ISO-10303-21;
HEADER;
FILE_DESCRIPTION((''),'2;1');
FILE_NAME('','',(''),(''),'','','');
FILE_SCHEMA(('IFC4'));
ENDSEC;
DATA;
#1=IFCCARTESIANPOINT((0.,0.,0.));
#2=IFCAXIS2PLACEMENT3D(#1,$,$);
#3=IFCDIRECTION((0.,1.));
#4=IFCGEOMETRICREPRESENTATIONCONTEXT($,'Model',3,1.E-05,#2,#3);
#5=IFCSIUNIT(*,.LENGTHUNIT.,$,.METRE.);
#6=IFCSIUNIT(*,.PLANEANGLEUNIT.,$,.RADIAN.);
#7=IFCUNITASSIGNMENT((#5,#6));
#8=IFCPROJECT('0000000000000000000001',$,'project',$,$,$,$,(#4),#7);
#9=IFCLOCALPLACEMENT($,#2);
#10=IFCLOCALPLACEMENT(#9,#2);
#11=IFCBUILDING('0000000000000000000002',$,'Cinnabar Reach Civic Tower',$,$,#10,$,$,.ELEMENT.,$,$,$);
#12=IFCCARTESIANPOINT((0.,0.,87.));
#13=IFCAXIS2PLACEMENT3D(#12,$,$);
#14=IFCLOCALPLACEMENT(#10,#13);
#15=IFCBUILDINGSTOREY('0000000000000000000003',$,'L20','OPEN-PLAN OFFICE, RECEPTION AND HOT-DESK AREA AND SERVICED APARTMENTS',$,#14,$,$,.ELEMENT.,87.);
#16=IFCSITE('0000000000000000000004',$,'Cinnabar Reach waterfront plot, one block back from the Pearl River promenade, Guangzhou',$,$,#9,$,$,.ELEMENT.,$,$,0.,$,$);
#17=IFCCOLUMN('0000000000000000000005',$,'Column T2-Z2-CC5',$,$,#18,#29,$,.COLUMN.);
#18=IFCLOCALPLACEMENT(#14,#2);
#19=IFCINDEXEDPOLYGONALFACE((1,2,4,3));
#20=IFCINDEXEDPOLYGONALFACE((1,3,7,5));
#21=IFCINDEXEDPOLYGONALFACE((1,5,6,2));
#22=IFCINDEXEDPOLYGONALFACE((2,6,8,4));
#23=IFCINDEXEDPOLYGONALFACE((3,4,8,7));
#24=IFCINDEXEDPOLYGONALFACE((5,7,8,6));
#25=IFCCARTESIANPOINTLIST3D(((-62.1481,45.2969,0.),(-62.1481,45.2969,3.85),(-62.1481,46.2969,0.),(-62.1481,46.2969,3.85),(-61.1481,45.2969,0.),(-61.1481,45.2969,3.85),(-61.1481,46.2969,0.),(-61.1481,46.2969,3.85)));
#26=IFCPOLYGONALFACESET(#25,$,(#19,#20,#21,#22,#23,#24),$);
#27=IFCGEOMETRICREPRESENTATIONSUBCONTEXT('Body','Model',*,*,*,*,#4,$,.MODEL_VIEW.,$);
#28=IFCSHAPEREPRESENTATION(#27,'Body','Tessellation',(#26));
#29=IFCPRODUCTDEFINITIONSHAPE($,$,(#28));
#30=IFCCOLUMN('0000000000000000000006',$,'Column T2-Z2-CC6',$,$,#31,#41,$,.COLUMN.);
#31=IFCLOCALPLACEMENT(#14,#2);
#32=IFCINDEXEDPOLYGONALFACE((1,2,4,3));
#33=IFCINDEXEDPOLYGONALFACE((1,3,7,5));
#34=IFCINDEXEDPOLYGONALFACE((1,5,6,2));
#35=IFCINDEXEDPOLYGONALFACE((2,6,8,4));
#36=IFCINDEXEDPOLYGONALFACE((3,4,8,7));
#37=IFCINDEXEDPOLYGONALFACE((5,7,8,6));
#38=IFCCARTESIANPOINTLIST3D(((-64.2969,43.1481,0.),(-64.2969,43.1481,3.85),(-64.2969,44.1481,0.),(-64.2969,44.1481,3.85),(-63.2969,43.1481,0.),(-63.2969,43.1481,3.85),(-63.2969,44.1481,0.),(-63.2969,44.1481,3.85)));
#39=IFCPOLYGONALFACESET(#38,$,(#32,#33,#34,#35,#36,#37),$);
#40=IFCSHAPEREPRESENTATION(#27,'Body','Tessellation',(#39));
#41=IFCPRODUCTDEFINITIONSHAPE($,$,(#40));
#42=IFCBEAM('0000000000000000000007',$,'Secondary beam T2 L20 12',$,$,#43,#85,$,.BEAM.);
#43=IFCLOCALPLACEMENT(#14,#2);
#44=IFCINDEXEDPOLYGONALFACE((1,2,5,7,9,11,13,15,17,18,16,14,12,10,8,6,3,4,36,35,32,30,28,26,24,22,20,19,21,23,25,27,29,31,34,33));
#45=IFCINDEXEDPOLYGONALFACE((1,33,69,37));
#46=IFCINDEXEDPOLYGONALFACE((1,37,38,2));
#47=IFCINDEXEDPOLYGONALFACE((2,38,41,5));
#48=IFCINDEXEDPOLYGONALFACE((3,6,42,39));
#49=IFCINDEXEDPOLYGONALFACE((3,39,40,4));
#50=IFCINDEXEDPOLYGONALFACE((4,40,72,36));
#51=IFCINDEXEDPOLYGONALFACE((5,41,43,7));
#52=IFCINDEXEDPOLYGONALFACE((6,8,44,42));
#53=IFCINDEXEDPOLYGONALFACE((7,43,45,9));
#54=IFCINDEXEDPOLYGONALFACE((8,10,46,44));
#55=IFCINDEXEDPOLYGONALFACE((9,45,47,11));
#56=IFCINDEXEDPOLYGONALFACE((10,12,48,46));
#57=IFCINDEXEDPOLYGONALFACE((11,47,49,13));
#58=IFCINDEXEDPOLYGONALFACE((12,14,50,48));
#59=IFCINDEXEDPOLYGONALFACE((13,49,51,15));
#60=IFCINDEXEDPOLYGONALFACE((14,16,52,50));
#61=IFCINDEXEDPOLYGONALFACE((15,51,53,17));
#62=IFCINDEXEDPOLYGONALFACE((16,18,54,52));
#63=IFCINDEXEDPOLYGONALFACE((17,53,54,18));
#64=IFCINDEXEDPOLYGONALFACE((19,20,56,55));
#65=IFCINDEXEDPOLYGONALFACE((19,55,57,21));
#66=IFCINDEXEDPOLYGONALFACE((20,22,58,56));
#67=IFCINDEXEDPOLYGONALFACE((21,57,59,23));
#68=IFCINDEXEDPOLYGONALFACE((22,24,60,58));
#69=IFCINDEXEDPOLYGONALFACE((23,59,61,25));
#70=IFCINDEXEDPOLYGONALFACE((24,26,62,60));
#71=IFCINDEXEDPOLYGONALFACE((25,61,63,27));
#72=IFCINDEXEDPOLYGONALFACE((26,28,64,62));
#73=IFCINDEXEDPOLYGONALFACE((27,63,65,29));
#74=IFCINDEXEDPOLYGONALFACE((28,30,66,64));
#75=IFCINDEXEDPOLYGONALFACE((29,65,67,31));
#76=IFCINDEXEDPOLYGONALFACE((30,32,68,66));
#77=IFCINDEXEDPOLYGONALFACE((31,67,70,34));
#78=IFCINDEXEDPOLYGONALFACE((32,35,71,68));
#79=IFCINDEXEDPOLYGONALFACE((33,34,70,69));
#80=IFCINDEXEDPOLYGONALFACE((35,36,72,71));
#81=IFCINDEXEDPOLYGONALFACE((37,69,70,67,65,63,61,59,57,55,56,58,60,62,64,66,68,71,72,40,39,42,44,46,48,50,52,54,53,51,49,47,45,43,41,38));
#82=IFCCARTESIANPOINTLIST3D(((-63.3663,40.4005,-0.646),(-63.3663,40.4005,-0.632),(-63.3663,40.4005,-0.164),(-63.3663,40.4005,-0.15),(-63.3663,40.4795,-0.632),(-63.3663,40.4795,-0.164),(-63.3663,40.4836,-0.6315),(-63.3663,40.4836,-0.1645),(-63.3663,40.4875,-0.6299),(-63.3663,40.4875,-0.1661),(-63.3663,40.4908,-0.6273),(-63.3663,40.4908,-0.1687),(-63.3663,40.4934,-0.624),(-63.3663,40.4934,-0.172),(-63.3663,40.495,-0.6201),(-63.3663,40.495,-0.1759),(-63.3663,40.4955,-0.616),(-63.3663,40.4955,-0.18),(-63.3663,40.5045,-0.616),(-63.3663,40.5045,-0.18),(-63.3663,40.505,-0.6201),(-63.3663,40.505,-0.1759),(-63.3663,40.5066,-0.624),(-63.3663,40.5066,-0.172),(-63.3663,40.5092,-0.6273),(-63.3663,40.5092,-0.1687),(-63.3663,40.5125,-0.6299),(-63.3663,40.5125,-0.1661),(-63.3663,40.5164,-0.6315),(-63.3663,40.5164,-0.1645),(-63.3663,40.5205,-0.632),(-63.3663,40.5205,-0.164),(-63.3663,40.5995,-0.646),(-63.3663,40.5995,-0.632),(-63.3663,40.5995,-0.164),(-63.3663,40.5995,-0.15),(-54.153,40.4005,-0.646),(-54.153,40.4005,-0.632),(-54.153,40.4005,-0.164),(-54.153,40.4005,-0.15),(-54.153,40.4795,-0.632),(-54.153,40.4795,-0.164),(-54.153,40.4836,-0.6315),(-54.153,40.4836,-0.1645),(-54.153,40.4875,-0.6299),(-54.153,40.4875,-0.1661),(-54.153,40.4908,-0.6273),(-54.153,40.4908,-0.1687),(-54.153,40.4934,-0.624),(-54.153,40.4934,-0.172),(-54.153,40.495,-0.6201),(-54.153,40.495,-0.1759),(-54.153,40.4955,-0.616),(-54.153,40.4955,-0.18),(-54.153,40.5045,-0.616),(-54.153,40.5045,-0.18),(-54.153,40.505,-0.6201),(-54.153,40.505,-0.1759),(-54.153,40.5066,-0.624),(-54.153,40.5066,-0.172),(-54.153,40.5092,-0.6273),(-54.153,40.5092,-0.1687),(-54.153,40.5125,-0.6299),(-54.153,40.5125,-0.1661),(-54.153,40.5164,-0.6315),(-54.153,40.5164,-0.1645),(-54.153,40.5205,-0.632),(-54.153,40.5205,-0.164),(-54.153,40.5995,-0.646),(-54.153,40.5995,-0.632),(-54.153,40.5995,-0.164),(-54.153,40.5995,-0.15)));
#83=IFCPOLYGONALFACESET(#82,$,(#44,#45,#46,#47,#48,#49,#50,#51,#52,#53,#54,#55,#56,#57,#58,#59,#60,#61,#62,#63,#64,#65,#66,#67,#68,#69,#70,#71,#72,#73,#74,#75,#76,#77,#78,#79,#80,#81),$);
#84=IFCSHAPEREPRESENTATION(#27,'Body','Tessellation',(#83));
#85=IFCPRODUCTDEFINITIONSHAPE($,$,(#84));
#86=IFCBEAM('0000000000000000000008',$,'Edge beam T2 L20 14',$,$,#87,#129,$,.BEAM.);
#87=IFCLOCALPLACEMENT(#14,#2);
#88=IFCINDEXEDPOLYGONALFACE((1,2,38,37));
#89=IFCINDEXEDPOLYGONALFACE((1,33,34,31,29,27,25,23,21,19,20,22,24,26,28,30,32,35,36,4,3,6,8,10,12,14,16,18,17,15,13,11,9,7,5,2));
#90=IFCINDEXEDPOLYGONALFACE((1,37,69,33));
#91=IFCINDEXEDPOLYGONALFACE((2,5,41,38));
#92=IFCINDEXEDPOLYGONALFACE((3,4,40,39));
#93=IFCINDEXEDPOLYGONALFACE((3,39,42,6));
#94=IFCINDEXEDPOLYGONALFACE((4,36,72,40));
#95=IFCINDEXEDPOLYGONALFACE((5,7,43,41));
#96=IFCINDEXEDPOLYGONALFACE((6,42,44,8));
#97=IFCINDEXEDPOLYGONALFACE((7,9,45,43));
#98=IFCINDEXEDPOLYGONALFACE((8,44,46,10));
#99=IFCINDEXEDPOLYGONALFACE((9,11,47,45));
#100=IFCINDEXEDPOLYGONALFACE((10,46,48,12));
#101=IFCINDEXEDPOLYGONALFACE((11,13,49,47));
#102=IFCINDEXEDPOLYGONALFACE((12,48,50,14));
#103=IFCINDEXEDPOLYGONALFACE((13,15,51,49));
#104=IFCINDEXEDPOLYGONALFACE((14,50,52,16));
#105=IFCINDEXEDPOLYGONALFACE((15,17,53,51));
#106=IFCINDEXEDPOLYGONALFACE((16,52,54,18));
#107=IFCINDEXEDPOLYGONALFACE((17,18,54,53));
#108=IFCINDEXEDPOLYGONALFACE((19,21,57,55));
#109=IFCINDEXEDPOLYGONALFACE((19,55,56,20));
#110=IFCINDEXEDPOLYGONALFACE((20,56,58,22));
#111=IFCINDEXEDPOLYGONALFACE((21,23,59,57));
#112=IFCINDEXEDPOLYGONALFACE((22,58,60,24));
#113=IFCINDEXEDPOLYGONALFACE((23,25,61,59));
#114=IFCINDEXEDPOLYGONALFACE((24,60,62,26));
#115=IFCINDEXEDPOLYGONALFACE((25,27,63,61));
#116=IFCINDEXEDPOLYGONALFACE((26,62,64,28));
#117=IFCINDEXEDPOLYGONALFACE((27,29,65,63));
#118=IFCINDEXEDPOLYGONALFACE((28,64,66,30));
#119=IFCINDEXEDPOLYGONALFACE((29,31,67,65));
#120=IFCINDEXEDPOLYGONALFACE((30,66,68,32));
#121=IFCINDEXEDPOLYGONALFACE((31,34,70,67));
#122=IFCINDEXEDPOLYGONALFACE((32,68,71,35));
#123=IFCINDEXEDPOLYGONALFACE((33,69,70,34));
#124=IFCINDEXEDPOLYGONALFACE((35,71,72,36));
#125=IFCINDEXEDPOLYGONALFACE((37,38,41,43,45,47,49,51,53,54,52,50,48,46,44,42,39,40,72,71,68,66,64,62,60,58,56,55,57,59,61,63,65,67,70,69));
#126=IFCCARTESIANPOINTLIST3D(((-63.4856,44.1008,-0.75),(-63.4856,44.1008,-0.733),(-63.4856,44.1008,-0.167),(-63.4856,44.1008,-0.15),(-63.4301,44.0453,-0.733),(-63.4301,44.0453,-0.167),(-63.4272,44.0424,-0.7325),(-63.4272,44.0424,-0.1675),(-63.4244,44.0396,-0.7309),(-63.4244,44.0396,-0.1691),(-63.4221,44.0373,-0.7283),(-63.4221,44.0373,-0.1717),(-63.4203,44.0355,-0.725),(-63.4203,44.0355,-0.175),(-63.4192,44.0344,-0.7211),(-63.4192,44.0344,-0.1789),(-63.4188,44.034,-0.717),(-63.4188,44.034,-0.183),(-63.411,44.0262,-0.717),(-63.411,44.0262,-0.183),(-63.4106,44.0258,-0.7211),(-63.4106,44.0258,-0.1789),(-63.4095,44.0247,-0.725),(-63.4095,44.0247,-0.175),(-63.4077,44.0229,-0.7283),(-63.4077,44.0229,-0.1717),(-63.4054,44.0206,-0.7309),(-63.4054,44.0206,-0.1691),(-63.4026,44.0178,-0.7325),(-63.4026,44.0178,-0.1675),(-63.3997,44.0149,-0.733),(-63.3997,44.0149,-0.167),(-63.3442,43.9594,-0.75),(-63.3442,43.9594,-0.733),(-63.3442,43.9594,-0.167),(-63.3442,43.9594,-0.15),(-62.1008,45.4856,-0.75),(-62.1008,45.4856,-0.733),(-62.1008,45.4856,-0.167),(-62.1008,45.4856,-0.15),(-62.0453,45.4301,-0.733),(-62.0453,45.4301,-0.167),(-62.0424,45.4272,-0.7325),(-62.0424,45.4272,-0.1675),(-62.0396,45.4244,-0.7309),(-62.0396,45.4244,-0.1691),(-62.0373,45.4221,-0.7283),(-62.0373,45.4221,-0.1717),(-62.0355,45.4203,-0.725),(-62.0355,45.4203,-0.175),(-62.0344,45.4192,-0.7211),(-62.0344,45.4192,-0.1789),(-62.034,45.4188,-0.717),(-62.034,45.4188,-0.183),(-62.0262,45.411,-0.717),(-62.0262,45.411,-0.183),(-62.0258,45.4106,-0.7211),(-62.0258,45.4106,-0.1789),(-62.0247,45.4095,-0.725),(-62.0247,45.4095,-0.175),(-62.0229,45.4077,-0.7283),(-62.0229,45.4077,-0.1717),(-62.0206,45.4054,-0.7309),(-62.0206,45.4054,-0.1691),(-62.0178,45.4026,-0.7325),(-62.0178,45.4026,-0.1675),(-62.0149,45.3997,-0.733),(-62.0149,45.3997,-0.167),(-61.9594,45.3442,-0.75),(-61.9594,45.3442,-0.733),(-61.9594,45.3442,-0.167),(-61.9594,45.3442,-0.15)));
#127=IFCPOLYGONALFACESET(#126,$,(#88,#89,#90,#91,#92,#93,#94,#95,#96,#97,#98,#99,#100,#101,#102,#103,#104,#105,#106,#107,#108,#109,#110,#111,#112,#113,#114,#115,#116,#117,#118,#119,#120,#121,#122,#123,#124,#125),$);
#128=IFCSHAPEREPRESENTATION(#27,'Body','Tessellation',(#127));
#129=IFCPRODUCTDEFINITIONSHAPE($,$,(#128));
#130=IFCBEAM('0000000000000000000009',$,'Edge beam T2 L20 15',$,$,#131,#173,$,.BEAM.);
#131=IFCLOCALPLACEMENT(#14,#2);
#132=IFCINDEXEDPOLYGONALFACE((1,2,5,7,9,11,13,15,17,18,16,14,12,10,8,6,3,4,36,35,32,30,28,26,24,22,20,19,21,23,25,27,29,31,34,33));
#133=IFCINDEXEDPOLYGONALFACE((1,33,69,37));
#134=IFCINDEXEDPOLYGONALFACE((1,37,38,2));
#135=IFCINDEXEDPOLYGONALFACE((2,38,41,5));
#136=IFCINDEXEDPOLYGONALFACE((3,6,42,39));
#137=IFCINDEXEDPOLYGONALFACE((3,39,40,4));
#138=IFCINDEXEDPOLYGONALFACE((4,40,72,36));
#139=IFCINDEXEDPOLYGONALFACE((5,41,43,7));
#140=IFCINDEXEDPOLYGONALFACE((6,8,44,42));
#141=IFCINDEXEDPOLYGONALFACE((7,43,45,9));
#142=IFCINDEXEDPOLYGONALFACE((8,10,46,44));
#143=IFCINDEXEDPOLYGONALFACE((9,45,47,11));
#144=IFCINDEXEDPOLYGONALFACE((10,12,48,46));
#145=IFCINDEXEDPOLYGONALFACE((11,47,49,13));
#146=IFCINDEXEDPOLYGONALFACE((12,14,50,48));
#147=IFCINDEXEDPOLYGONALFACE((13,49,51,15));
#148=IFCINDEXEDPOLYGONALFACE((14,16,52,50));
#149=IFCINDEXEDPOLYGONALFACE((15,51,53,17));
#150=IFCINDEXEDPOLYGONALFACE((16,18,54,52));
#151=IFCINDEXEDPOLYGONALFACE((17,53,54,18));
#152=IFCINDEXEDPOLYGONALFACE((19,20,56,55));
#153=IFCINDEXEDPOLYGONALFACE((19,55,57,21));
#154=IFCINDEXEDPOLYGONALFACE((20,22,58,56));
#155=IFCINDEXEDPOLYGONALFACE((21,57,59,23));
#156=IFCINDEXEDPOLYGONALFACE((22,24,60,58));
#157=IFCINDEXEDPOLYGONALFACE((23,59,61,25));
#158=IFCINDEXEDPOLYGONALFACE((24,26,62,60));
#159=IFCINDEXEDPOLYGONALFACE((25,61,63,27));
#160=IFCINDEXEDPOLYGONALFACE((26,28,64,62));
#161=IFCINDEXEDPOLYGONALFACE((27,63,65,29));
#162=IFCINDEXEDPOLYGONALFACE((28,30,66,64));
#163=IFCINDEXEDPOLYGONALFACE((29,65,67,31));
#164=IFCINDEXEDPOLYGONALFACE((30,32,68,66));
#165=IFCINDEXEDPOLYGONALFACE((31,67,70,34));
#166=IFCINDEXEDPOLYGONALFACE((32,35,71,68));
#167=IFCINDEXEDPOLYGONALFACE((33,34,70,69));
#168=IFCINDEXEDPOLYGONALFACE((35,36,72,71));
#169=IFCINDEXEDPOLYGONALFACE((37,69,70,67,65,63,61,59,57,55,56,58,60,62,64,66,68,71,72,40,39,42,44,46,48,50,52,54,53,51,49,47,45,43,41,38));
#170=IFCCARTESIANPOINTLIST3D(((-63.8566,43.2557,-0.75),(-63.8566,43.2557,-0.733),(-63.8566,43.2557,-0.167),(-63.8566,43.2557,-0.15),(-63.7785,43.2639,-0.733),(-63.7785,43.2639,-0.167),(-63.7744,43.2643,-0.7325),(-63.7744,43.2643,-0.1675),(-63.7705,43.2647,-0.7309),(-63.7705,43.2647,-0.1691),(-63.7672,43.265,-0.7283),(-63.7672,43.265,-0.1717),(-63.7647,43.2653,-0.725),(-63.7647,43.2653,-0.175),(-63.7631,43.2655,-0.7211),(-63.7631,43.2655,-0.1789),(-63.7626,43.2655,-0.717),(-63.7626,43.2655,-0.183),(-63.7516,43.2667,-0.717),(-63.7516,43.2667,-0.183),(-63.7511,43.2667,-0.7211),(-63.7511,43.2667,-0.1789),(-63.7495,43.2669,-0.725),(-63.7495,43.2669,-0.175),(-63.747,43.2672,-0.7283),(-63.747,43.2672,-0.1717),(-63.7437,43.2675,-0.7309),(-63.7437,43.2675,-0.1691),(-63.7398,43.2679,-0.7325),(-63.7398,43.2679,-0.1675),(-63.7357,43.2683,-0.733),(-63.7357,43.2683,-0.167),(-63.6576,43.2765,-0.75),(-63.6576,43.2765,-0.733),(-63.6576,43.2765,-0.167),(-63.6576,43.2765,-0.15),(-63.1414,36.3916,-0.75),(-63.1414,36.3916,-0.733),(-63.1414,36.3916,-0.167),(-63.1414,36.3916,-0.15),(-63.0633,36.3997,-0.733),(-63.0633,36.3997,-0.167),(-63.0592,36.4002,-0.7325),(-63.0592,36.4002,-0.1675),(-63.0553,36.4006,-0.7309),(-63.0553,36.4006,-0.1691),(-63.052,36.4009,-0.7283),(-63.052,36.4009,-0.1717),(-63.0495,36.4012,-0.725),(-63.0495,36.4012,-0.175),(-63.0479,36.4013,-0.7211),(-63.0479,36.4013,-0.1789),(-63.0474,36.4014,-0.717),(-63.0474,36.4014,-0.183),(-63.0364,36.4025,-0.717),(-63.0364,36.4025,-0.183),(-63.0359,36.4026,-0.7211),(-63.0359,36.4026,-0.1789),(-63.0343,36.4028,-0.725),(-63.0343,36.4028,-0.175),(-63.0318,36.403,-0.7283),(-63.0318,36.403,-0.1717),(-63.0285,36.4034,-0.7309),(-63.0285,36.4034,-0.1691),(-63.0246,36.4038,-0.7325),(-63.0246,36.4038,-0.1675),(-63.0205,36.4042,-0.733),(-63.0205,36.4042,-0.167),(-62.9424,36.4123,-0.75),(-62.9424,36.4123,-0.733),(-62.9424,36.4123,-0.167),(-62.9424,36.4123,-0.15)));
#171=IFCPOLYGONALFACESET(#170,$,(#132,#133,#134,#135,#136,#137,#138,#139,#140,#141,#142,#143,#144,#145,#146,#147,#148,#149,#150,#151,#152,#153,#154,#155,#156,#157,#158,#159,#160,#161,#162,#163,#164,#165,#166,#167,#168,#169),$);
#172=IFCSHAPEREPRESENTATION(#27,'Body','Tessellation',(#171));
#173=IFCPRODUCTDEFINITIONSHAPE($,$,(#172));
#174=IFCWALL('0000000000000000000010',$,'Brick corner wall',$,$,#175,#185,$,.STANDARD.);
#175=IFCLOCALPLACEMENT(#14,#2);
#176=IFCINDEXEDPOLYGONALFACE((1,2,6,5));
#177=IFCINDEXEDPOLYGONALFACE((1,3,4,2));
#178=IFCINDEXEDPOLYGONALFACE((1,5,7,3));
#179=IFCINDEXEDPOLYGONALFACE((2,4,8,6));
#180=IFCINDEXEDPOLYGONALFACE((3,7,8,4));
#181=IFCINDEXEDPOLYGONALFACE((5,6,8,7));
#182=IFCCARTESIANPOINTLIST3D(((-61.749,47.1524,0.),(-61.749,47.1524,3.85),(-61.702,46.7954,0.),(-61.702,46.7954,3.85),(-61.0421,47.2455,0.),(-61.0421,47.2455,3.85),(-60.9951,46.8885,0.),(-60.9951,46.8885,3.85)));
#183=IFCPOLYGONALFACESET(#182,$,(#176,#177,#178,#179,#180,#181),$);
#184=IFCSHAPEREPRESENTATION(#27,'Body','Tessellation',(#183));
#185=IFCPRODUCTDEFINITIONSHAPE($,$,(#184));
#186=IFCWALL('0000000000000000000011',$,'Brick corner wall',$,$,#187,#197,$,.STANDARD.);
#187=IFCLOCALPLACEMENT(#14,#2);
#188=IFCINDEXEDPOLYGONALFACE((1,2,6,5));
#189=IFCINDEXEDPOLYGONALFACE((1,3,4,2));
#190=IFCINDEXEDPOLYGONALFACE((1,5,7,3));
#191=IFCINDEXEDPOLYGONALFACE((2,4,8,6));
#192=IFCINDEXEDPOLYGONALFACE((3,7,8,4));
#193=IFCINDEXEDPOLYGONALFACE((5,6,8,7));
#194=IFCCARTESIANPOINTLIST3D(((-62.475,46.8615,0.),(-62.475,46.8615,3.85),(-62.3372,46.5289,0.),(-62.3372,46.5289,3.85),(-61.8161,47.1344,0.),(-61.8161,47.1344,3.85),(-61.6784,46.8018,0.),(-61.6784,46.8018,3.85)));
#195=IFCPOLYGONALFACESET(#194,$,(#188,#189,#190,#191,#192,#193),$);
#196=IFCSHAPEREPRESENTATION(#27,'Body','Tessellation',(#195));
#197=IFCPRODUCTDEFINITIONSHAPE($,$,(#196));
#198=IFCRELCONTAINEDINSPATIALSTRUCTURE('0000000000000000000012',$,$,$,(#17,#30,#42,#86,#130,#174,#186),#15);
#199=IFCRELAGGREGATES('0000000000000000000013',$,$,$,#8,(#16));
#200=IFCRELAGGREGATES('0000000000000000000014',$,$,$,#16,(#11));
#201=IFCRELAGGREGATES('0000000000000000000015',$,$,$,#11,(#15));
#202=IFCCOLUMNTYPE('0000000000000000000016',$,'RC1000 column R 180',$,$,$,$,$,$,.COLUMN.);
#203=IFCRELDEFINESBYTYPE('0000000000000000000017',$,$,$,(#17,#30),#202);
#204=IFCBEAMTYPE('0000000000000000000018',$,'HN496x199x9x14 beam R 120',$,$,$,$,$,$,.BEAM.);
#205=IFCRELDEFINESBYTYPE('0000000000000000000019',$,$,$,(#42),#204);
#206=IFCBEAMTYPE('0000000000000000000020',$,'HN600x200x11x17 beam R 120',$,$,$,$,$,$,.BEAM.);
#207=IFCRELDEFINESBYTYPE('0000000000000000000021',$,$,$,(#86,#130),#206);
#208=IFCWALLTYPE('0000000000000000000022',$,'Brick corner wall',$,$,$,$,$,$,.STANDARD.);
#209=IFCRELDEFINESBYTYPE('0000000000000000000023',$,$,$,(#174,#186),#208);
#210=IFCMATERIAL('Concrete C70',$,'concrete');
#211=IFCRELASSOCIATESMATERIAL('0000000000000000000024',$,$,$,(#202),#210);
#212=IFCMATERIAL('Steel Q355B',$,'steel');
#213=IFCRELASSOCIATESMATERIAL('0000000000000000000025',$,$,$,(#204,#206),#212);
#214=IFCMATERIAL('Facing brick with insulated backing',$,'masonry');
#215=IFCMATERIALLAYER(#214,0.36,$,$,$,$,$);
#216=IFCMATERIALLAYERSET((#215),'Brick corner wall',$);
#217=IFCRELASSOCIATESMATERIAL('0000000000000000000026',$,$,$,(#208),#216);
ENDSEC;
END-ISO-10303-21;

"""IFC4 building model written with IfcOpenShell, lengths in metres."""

from ifc_helpers import new_model, si_unit, direction, frame, frame_2d, origin, origin_2d, place, context, subcontext, project, spatial, rectangle, i_section, extrude, material, layer, layer_set, material_profile, profile_set, type_object, element, save


model = new_model("IFC4")

# Units and contexts
model_context = context("Model", 3, precision=1e-05, world=origin(), true_north=direction((0.0, 1.0)))
body_context = subcontext(model_context, "Body", "Model", "MODEL_VIEW")
ifc_project = project(units=[si_unit("LENGTHUNIT", "METRE"), si_unit("PLANEANGLEUNIT", "RADIAN")], contexts=[model_context])

# Site, building, storey
site_placement = place(None, origin())
site = spatial("IfcSite", under=ifc_project, at=site_placement, Name="Cinnabar Reach waterfront plot, one block back from the Pearl River promenade, Guangzhou", CompositionType="ELEMENT", RefElevation=0.0)
building_placement = place(site_placement, origin())
building = spatial("IfcBuilding", under=site, at=building_placement, Name="Cinnabar Reach Civic Tower", CompositionType="ELEMENT")
storey_placement = place(building_placement, frame((0.0, 0.0, 87.0)))
storey = spatial("IfcBuildingStorey", under=building, at=storey_placement, Name="L20", Description="OPEN-PLAN OFFICE, RECEPTION AND HOT-DESK AREA AND SERVICED APARTMENTS", CompositionType="ELEMENT", Elevation=87.0)

# Columns
ifc_material_1 = material(Name="Concrete C70", Category="concrete")
ifc_material_profile_1 = material_profile(ifc_material_1, rectangle(XDim=1.0, YDim=1.0, at=origin_2d()), Name="RC1000")
ifc_profile_set_1 = profile_set([ifc_material_profile_1], Name="Concrete C70")
column_type = type_object("IfcColumnType", Name="RC1000 column R 180", PredefinedType="COLUMN", material=ifc_profile_set_1)
for number, where, z_axis, x_axis, name in (
    (1, (-61.6481, 45.7969, 0.0), (0.0, 0.0, 1.0), (1.0, 0.0, 0.0), "Column T2-Z2-CC5"),
    (2, (-63.7969, 43.6481, 0.0), (0.0, 0.0, 1.0), (1.0, 0.0, 0.0), "Column T2-Z2-CC6"),
):
    element("IfcColumn", number, at=place(storey_placement, frame(where, z_axis=z_axis, x_axis=x_axis)), inside=storey, type_object=column_type, Name=name, PredefinedType="COLUMN", context=body_context, shape_type="SweptSolid", body=[
        extrude(rectangle(XDim=1.0, YDim=1.0, at=origin_2d()), origin(), (0.0, 0.0, 1.0), 3.85),
    ])

# Beams
ifc_material_2 = material(Name="Steel Q355B", Category="steel")
ifc_material_profile_2 = material_profile(ifc_material_2, i_section(OverallWidth=0.199, OverallDepth=0.496, WebThickness=0.009, FlangeThickness=0.014, FilletRadius=0.016, at=origin_2d()), Name="HN496x199x9x14")
ifc_profile_set_2 = profile_set([ifc_material_profile_2], Name="Steel Q355B")
beam_type_1 = type_object("IfcBeamType", Name="HN496x199x9x14 beam R 120", PredefinedType="BEAM", material=ifc_profile_set_2)
beam_1_placement = place(storey_placement, frame((-63.3663, 40.5, -0.398), z_axis=(1.0, 0.0, 0.0), x_axis=(0.0, 1.0, 0.0)))
element("IfcBeam", 3, at=beam_1_placement, inside=storey, type_object=beam_type_1, Name="Secondary beam T2 L20 12", PredefinedType="BEAM", context=body_context, shape_type="SweptSolid", body=[
    extrude(i_section(OverallWidth=0.199, OverallDepth=0.496, WebThickness=0.009, FlangeThickness=0.014, FilletRadius=0.016, at=origin_2d()), origin(), (0.0, 0.0, 1.0), 9.2133),
])
ifc_material_profile_3 = material_profile(ifc_material_2, i_section(OverallWidth=0.2, OverallDepth=0.6, WebThickness=0.011, FlangeThickness=0.017, FilletRadius=0.016, at=origin_2d()), Name="HN600x200x11x17")
ifc_profile_set_3 = profile_set([ifc_material_profile_3], Name="Steel Q355B")
beam_type_2 = type_object("IfcBeamType", Name="HN600x200x11x17 beam R 120", PredefinedType="BEAM", material=ifc_profile_set_3)
beam_2_placement = place(storey_placement, frame((-62.0301, 45.4149, -0.45), z_axis=(-0.707107, -0.707107, 0.0), x_axis=(0.707107, -0.707107, 0.0)))
element("IfcBeam", 4, at=beam_2_placement, inside=storey, type_object=beam_type_2, Name="Edge beam T2 L20 14", PredefinedType="BEAM", context=body_context, shape_type="SweptSolid", body=[
    extrude(i_section(OverallWidth=0.2, OverallDepth=0.6, WebThickness=0.011, FlangeThickness=0.017, FilletRadius=0.016, at=origin_2d()), origin(), (0.0, 0.0, 1.0), 1.9584),
])
beam_3_placement = place(storey_placement, frame((-63.7571, 43.2661, -0.45), z_axis=(0.103633, -0.994616, 0.0), x_axis=(0.994616, 0.103633, 0.0)))
element("IfcBeam", 5, at=beam_3_placement, inside=storey, type_object=beam_type_2, Name="Edge beam T2 L20 15", PredefinedType="BEAM", context=body_context, shape_type="SweptSolid", body=[
    extrude(i_section(OverallWidth=0.2, OverallDepth=0.6, WebThickness=0.011, FlangeThickness=0.017, FilletRadius=0.016, at=origin_2d()), origin(), (0.0, 0.0, 1.0), 6.9013),
])

# Walls
ifc_material_3 = material(Name="Facing brick with insulated backing", Category="masonry")
ifc_layer_1 = layer(ifc_material_3, 0.36)
ifc_layer_set_1 = layer_set([ifc_layer_1], Name="Brick corner wall")
wall_type_1 = type_object("IfcWallType", Name="Brick corner wall", PredefinedType="STANDARD", material=ifc_layer_set_1)
for number, where, z_axis, x_axis, name in (
    (6, (-61.0186, 47.067, 0.0), (0.0, 0.0, 1.0), (-0.991441, -0.130556, 0.0), "Brick corner wall"),
    (7, (-61.7473, 46.9681, 0.0), (0.0, 0.0, 1.0), (-0.923872, -0.382703, 0.0), "Brick corner wall"),
):
    element("IfcWall", number, at=place(storey_placement, frame(where, z_axis=z_axis, x_axis=x_axis)), inside=storey, type_object=wall_type_1, Name=name, PredefinedType="STANDARD", context=body_context, shape_type="SweptSolid", body=[
        extrude(rectangle(XDim=0.7131, YDim=0.36, at=frame_2d((0.3565, 0.0))), origin(), (0.0, 0.0, 1.0), 3.85),
    ])

save(model, "model.ifc")
